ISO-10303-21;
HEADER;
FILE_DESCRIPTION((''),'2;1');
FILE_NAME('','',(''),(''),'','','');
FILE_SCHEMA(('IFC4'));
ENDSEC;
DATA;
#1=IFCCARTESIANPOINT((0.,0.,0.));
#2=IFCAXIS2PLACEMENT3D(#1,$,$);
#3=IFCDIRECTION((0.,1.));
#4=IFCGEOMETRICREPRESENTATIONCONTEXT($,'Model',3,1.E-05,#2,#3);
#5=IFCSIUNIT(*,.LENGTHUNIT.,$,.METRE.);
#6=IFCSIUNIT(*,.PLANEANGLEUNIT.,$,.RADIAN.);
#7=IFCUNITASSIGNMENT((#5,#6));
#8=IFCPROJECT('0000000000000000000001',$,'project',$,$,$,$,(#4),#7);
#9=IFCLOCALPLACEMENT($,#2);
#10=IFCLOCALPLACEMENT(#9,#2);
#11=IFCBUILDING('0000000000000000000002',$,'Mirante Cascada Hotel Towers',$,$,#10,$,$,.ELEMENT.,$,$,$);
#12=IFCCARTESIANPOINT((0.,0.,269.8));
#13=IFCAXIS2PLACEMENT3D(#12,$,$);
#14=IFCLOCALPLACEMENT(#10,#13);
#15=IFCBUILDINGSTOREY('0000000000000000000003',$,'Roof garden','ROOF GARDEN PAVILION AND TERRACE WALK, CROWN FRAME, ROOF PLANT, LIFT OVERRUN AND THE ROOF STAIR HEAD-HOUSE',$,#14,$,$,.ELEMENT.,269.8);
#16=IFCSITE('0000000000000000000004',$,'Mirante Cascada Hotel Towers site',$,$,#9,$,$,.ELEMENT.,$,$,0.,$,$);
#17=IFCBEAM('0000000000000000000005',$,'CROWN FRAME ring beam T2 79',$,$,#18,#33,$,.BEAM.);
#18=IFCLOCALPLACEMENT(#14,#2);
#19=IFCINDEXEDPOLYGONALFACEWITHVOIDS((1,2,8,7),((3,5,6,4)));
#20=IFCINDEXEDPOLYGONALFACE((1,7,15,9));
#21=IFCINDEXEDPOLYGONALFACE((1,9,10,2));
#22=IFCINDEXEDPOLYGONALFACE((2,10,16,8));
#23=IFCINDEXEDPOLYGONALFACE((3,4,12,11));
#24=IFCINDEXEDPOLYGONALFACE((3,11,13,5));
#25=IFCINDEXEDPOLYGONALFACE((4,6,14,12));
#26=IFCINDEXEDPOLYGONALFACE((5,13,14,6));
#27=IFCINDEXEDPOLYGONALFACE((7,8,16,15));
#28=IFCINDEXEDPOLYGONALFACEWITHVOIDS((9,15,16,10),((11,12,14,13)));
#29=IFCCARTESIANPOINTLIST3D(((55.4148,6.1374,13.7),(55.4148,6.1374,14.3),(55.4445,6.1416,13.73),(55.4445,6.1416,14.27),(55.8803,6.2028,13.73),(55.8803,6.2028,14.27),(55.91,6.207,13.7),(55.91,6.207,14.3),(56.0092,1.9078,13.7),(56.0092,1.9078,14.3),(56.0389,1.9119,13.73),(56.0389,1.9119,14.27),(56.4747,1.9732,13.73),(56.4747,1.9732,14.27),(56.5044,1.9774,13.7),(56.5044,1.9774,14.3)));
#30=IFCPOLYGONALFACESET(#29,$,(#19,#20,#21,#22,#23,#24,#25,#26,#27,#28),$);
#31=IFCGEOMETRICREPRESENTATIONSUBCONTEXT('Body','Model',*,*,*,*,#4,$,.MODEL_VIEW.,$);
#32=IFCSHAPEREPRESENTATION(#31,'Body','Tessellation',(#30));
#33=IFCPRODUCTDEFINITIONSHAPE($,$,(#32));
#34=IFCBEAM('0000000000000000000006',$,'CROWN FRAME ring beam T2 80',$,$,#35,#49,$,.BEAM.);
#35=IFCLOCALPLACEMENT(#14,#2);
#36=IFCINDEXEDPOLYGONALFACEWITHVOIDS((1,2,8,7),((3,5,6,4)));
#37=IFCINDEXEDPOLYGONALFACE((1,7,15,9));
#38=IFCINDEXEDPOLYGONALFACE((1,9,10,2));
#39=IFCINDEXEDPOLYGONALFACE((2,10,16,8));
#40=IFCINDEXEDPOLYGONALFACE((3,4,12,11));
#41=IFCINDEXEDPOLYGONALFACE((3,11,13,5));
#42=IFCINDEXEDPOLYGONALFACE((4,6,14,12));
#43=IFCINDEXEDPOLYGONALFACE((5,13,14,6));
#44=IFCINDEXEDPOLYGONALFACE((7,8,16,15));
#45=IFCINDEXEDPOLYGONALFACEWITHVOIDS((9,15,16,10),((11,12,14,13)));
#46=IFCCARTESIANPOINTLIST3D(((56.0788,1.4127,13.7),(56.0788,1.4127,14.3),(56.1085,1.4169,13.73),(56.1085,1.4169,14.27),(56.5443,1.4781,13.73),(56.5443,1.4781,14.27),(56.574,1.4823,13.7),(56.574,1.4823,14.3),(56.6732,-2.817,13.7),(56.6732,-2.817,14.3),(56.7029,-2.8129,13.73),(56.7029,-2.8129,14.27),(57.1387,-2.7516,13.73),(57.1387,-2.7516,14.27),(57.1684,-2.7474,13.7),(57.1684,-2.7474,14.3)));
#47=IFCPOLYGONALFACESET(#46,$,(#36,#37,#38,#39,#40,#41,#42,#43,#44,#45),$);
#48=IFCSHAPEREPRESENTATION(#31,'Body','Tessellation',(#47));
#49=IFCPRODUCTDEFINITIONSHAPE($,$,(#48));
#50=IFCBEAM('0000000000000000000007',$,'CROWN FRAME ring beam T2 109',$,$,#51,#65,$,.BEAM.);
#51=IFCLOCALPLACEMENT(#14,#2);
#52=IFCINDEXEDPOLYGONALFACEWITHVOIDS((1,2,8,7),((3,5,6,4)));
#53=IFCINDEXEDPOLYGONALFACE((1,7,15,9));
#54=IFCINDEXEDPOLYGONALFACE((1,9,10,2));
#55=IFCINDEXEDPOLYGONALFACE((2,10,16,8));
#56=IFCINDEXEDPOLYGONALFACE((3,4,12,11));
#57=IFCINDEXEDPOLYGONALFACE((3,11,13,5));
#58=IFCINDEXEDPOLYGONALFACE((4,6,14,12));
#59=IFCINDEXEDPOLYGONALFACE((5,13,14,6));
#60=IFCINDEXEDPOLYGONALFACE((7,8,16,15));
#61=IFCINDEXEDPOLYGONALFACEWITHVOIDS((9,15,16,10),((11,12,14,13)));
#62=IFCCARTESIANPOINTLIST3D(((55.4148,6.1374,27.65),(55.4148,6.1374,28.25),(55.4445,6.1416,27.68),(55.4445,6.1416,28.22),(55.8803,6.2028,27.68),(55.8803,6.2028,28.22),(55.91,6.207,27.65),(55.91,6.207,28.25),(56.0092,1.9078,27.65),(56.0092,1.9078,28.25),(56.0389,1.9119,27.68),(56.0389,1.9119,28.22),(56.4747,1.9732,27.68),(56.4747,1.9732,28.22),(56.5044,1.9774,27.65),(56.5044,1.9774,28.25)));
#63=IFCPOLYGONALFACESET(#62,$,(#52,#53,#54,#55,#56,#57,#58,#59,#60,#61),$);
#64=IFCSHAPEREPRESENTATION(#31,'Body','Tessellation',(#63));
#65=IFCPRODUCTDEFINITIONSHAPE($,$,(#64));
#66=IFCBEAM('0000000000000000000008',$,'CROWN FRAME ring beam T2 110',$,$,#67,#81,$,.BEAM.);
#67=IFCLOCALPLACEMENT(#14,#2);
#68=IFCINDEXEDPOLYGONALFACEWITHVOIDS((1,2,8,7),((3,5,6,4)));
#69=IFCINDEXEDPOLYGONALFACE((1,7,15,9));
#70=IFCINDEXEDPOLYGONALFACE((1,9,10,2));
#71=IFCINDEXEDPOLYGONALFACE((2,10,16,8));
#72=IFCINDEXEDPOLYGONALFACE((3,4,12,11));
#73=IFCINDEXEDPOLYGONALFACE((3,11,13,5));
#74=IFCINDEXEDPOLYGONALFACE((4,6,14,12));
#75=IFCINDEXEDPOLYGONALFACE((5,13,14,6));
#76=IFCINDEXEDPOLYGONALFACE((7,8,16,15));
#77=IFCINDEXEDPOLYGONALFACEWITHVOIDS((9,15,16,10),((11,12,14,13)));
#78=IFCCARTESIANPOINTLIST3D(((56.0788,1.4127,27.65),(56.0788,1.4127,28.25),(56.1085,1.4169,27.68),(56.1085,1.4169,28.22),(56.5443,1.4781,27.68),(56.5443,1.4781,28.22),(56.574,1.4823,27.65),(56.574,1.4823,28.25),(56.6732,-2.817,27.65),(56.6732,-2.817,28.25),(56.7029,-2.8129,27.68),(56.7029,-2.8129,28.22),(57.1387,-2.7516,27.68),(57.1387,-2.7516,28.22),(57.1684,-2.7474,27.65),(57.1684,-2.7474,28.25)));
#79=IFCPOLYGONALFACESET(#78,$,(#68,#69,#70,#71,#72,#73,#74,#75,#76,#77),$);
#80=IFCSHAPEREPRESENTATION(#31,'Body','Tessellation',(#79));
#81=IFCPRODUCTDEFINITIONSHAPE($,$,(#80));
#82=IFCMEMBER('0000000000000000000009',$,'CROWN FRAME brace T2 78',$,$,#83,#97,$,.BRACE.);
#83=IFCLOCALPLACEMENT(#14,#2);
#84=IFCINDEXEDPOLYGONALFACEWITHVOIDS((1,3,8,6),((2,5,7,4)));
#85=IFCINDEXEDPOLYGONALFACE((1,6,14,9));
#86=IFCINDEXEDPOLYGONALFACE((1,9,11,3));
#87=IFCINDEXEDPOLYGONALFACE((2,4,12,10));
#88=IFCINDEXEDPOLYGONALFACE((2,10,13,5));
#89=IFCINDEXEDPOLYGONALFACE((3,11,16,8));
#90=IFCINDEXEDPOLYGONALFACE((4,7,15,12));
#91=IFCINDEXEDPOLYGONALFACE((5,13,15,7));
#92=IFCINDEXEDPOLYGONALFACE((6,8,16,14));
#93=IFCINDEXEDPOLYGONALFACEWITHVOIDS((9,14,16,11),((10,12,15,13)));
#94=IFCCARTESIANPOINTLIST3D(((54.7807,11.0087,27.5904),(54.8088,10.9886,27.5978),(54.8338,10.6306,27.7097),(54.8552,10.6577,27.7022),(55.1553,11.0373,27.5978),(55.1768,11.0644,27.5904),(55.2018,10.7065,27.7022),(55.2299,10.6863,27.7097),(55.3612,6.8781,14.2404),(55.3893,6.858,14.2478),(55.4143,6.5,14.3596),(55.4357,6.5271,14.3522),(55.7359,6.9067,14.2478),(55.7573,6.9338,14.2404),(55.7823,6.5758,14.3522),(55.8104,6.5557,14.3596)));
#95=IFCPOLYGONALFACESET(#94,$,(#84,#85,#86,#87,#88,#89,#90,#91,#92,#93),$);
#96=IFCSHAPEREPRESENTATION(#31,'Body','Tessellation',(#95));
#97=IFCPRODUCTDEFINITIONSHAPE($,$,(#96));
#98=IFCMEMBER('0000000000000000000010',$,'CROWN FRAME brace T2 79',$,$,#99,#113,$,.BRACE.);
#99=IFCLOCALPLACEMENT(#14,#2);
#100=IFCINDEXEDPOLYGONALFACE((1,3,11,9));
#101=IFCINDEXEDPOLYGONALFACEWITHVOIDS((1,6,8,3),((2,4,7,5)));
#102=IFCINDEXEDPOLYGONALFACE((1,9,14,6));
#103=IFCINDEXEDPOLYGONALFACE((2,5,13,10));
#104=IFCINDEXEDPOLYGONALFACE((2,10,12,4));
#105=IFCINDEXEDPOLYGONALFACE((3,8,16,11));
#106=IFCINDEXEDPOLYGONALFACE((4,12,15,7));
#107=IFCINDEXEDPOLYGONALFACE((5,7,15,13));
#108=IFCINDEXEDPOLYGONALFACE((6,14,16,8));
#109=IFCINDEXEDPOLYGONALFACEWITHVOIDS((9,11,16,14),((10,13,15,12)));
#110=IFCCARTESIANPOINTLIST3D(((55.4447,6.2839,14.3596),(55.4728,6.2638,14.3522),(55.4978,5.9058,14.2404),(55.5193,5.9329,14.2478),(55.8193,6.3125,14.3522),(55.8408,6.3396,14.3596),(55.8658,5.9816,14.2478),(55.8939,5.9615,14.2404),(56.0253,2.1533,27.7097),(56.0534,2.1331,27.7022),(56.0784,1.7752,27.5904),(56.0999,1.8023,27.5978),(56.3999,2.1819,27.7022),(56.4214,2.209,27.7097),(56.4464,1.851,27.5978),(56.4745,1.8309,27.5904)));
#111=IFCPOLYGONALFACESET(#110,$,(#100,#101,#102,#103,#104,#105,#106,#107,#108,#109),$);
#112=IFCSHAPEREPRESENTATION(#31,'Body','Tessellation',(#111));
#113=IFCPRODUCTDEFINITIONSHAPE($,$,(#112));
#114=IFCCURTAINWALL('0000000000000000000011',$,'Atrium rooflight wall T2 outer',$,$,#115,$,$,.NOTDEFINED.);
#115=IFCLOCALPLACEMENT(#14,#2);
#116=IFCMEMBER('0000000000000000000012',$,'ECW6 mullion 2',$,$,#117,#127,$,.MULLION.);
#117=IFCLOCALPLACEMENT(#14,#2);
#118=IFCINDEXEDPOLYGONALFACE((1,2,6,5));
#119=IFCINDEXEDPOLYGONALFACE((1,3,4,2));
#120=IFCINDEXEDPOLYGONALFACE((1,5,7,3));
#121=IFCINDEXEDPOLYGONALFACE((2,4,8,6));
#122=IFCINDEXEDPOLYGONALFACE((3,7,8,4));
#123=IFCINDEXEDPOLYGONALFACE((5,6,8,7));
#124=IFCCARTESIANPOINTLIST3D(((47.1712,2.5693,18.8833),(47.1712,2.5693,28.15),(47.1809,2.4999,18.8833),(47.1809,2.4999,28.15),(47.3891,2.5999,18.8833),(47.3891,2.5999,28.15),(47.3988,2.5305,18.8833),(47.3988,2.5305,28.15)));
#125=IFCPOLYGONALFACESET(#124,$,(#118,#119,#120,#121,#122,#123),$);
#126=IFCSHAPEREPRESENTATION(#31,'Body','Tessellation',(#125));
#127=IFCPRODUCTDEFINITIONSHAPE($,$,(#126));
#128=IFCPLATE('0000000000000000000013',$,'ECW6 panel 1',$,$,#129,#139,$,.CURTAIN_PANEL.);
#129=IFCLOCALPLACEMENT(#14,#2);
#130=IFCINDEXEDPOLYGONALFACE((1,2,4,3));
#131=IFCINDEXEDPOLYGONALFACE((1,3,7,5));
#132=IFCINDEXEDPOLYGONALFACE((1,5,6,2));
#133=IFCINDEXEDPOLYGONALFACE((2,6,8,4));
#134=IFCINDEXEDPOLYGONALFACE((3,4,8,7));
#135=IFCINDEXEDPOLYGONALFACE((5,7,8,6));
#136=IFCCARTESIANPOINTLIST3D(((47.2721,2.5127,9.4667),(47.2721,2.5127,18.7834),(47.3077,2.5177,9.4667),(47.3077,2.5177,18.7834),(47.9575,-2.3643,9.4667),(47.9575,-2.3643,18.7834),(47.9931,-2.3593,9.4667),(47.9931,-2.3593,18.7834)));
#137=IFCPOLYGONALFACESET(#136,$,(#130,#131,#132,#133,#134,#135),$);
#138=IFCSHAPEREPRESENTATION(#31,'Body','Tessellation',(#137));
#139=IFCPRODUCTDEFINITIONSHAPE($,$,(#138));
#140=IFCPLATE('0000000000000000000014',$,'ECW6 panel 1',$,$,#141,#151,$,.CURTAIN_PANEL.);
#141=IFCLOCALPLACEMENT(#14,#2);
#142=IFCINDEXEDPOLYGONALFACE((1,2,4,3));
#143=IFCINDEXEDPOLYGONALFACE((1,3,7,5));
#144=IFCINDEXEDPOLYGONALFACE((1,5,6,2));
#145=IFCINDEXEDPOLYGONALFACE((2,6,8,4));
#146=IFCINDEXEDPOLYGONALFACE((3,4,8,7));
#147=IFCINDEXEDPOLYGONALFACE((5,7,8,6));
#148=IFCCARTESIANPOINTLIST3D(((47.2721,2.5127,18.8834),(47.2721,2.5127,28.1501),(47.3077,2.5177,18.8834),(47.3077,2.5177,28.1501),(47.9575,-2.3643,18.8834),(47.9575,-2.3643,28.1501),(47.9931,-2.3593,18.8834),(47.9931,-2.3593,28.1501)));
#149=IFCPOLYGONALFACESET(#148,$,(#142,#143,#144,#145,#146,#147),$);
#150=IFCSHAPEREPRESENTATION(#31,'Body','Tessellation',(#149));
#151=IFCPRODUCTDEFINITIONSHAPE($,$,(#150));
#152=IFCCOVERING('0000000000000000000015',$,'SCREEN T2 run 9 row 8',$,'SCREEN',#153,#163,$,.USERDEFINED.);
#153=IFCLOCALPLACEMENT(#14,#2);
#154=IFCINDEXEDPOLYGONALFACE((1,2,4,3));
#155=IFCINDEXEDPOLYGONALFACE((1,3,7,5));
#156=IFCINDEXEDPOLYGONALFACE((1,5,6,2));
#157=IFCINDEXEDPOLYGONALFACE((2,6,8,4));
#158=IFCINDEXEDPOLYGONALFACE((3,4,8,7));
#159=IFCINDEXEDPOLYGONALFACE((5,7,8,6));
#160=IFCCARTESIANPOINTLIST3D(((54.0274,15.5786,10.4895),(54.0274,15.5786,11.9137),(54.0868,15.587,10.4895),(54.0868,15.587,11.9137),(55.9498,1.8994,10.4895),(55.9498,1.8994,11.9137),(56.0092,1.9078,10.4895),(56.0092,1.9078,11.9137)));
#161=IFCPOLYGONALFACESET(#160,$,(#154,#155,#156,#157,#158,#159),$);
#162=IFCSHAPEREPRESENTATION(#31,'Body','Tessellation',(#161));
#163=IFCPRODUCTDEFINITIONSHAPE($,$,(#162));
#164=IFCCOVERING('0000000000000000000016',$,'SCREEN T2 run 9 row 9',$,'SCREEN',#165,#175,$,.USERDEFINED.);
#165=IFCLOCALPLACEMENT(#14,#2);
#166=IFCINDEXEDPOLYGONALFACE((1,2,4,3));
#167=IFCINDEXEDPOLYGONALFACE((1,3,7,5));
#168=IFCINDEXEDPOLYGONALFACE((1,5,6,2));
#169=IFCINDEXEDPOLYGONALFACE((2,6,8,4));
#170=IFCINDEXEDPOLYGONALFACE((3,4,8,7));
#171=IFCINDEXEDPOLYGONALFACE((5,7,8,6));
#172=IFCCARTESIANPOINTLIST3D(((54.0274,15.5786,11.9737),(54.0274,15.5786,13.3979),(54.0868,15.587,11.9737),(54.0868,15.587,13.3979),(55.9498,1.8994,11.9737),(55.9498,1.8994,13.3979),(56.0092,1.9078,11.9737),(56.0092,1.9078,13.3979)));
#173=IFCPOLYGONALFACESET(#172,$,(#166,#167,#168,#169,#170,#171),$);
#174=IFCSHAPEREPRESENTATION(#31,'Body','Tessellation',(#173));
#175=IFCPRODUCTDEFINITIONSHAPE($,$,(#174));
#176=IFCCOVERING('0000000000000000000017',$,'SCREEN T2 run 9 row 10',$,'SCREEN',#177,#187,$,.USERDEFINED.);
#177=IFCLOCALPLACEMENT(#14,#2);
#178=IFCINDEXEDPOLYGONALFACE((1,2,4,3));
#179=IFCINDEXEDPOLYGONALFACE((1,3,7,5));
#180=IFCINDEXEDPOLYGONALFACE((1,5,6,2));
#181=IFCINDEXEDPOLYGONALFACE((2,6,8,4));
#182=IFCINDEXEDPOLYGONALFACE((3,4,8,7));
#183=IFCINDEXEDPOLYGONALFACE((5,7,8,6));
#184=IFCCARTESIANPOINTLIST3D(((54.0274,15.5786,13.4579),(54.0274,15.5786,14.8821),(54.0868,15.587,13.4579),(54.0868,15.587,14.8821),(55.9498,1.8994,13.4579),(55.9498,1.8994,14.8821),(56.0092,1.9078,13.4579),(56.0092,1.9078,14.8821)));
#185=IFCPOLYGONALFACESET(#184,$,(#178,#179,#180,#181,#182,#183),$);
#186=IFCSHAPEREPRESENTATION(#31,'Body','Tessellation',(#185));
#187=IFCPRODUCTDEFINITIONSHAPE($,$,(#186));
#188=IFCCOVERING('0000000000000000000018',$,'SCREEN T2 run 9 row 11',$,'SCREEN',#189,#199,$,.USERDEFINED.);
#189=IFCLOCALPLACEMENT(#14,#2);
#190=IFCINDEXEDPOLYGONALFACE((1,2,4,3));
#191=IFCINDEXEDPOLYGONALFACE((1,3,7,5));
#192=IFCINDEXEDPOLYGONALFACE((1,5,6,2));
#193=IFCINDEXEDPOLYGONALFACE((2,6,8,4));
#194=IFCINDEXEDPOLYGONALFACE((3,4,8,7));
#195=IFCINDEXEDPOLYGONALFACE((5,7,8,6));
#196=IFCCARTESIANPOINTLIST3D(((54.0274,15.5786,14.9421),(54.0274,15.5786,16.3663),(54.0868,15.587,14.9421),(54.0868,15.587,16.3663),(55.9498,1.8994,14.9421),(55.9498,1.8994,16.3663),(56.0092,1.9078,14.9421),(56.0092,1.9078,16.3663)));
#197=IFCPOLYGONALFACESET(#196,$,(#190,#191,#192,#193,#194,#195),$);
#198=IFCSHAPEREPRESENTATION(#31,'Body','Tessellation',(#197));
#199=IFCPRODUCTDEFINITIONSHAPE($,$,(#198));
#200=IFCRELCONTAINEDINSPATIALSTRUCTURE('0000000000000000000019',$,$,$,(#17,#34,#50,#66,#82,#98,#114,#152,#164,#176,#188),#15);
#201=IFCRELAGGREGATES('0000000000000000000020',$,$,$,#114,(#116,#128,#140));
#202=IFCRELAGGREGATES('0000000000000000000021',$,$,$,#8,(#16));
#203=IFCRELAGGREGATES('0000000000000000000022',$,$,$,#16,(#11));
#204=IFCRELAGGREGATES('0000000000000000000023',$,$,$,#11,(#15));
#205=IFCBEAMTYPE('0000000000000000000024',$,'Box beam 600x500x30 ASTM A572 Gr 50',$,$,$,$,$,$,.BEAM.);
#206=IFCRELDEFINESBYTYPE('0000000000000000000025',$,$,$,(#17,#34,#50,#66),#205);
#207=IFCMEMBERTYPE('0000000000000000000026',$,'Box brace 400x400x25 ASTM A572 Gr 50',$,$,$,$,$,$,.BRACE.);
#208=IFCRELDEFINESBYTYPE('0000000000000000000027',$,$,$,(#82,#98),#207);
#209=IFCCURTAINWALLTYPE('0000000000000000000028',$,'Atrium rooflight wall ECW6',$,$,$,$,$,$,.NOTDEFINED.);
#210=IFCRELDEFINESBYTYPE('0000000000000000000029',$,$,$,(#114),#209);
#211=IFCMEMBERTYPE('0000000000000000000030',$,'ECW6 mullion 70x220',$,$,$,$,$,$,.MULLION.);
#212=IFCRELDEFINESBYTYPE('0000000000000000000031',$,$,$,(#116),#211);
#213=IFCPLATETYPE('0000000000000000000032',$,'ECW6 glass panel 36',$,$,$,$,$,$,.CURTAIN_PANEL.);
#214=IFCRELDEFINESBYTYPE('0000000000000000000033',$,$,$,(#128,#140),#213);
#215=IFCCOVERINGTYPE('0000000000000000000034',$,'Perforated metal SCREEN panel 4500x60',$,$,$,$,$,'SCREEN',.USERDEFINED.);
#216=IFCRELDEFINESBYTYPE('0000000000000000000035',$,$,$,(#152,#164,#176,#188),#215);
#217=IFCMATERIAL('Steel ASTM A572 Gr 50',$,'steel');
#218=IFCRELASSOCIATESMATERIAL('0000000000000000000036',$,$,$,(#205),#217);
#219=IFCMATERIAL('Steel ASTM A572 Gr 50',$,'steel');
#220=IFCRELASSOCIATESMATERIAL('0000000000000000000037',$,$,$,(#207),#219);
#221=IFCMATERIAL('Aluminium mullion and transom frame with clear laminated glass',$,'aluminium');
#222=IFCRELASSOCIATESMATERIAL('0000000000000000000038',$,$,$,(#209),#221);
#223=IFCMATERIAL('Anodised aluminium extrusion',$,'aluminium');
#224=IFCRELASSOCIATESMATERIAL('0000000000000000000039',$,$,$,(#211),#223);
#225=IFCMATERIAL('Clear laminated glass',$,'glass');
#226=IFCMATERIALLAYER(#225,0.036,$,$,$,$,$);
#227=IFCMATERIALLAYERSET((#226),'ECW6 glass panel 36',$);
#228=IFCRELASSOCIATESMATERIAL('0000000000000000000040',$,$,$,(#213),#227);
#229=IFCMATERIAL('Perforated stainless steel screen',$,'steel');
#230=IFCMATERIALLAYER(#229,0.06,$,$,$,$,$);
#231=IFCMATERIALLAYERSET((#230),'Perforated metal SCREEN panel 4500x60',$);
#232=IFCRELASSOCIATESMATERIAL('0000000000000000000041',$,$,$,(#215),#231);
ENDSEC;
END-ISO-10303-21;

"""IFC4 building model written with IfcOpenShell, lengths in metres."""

from ifc_helpers import new_model, si_unit, direction, frame, origin, origin_2d, place, context, subcontext, project, spatial, rectangle, hollow_rectangle, extrude, material, layer, layer_set, material_profile, profile_set, type_object, element, aggregate, save


model = new_model("IFC4")

# Units and contexts
model_context = context("Model", 3, precision=1e-05, world=origin(), true_north=direction((0.0, 1.0)))
body_context = subcontext(model_context, "Body", "Model", "MODEL_VIEW")
ifc_project = project(units=[si_unit("LENGTHUNIT", "METRE"), si_unit("PLANEANGLEUNIT", "RADIAN")], contexts=[model_context])

# Site, building, storey
site_placement = place(None, origin())
site = spatial("IfcSite", under=ifc_project, at=site_placement, Name="Mirante Cascada Hotel Towers site", CompositionType="ELEMENT", RefElevation=0.0)
building_placement = place(site_placement, origin())
building = spatial("IfcBuilding", under=site, at=building_placement, Name="Mirante Cascada Hotel Towers", CompositionType="ELEMENT")
storey_placement = place(building_placement, frame((0.0, 0.0, 269.8)))
storey = spatial("IfcBuildingStorey", under=building, at=storey_placement, Name="Roof garden", Description="ROOF GARDEN PAVILION AND TERRACE WALK, CROWN FRAME, ROOF PLANT, LIFT OVERRUN AND THE ROOF STAIR HEAD-HOUSE", CompositionType="ELEMENT", Elevation=269.8)

# Beams
ifc_material_1 = material(Name="Steel ASTM A572 Gr 50", Category="steel")
ifc_material_profile_1 = material_profile(ifc_material_1, hollow_rectangle(XDim=0.5, YDim=0.6, WallThickness=0.03, at=origin_2d()), Name="Box beam 600x500x30 ASTM A572 Gr 50")
ifc_profile_set_1 = profile_set([ifc_material_profile_1], Name="Steel ASTM A572 Gr 50")
beam_type = type_object("IfcBeamType", Name="Box beam 600x500x30 ASTM A572 Gr 50", PredefinedType="BEAM", material=ifc_profile_set_1)
beam_1_placement = place(storey_placement, frame((55.6624, 6.1722, 14.0), z_axis=(0.139166, -0.990269, 0.0), x_axis=(0.990269, 0.139166, 0.0)))
element("IfcBeam", 1, at=beam_1_placement, inside=storey, type_object=beam_type, Name="CROWN FRAME ring beam T2 79", PredefinedType="BEAM", context=body_context, shape_type="SweptSolid", body=[
    extrude(hollow_rectangle(XDim=0.5, YDim=0.6, WallThickness=0.03, at=origin_2d()), origin(), (0.0, 0.0, 1.0), 4.2712),
])
beam_2_placement = place(storey_placement, frame((56.3264, 1.4475, 14.0), z_axis=(0.139163, -0.99027, 0.0), x_axis=(0.99027, 0.139163, 0.0)))
element("IfcBeam", 2, at=beam_2_placement, inside=storey, type_object=beam_type, Name="CROWN FRAME ring beam T2 80", PredefinedType="BEAM", context=body_context, shape_type="SweptSolid", body=[
    extrude(hollow_rectangle(XDim=0.5, YDim=0.6, WallThickness=0.03, at=origin_2d()), origin(), (0.0, 0.0, 1.0), 4.2713),
])
beam_3_placement = place(storey_placement, frame((55.6624, 6.1722, 27.95), z_axis=(0.139166, -0.990269, 0.0), x_axis=(0.990269, 0.139166, 0.0)))
element("IfcBeam", 3, at=beam_3_placement, inside=storey, type_object=beam_type, Name="CROWN FRAME ring beam T2 109", PredefinedType="BEAM", context=body_context, shape_type="SweptSolid", body=[
    extrude(hollow_rectangle(XDim=0.5, YDim=0.6, WallThickness=0.03, at=origin_2d()), origin(), (0.0, 0.0, 1.0), 4.2712),
])
beam_4_placement = place(storey_placement, frame((56.3264, 1.4475, 27.95), z_axis=(0.139163, -0.99027, 0.0), x_axis=(0.99027, 0.139163, 0.0)))
element("IfcBeam", 4, at=beam_4_placement, inside=storey, type_object=beam_type, Name="CROWN FRAME ring beam T2 110", PredefinedType="BEAM", context=body_context, shape_type="SweptSolid", body=[
    extrude(hollow_rectangle(XDim=0.5, YDim=0.6, WallThickness=0.03, at=origin_2d()), origin(), (0.0, 0.0, 1.0), 4.2713),
])

# Members
ifc_material_2 = material(Name="Steel ASTM A572 Gr 50", Category="steel")
ifc_material_profile_2 = material_profile(ifc_material_2, hollow_rectangle(XDim=0.4, YDim=0.4, WallThickness=0.025, at=origin_2d()), Name="Box brace 400x400x25 ASTM A572 Gr 50")
ifc_profile_set_2 = profile_set([ifc_material_profile_2], Name="Steel ASTM A572 Gr 50")
member_type_1 = type_object("IfcMemberType", Name="Box brace 400x400x25 ASTM A572 Gr 50", PredefinedType="BRACE", material=ifc_profile_set_2)
for number, where, z_axis, x_axis, name in (
    (5, (55.5858, 6.7169, 14.3), (-0.041504, 0.295328, 0.954494), (-0.990269, -0.139169, 0.0), "CROWN FRAME brace T2 78"),
    (6, (55.6693, 6.1227, 14.3), (0.041511, -0.295328, 0.954494), (0.990265, 0.139192, 0.0), "CROWN FRAME brace T2 79"),
):
    element("IfcMember", number, at=place(storey_placement, frame(where, z_axis=z_axis, x_axis=x_axis)), inside=storey, type_object=member_type_1, Name=name, PredefinedType="BRACE", context=body_context, shape_type="SweptSolid", body=[
        extrude(hollow_rectangle(XDim=0.4, YDim=0.4, WallThickness=0.025, at=origin_2d()), origin(), (0.0, 0.0, 1.0), 13.9865),
    ])

# Curtain wall, member, plates
ifc_material_3 = material(Name="Aluminium mullion and transom frame with clear laminated glass", Category="aluminium")
curtain_wall_type = type_object("IfcCurtainWallType", Name="Atrium rooflight wall ECW6", PredefinedType="NOTDEFINED", material=ifc_material_3)
curtain_wall_placement = place(storey_placement, origin())
curtain_wall = element("IfcCurtainWall", 7, at=curtain_wall_placement, inside=storey, type_object=curtain_wall_type, Name="Atrium rooflight wall T2 outer", PredefinedType="NOTDEFINED")
ifc_material_4 = material(Name="Anodised aluminium extrusion", Category="aluminium")
ifc_material_profile_3 = material_profile(ifc_material_4, rectangle(XDim=0.22, YDim=0.07, at=origin_2d()), Name="ECW6 MULLION 70x220")
ifc_profile_set_3 = profile_set([ifc_material_profile_3], Name="Anodised aluminium extrusion")
member_type_2 = type_object("IfcMemberType", Name="ECW6 mullion 70x220", PredefinedType="MULLION", material=ifc_profile_set_3)
member_placement = place(storey_placement, frame((47.285, 2.5499, 18.8833), z_axis=(0.0, 0.0, 1.0), x_axis=(-0.990268, -0.139173, 0.0)))
member = element("IfcMember", 8, at=member_placement, type_object=member_type_2, Name="ECW6 mullion 2", PredefinedType="MULLION", context=body_context, shape_type="SweptSolid", body=[
    extrude(rectangle(XDim=0.22, YDim=0.07, at=origin_2d()), origin(), (0.0, 0.0, 1.0), 9.2667),
])
ifc_material_5 = material(Name="Clear laminated glass", Category="glass")
ifc_layer_1 = layer(ifc_material_5, 0.036)
ifc_layer_set_1 = layer_set([ifc_layer_1], Name="ECW6 glass panel 36")
plate_type = type_object("IfcPlateType", Name="ECW6 glass panel 36", PredefinedType="CURTAIN_PANEL", material=ifc_layer_set_1)
plate_1_placement = place(storey_placement, frame((47.6326, 0.0767, 9.4667), z_axis=(0.0, 0.0, 1.0), x_axis=(-0.139173, 0.990268, 0.0)))
plate_1 = element("IfcPlate", 9, at=plate_1_placement, type_object=plate_type, Name="ECW6 panel 1", PredefinedType="CURTAIN_PANEL", context=body_context, shape_type="SweptSolid", body=[
    extrude(rectangle(XDim=4.925, YDim=0.036, at=origin_2d()), origin(), (0.0, 0.0, 1.0), 9.3167),
])
plate_2_placement = place(storey_placement, frame((47.6326, 0.0767, 18.8834), z_axis=(0.0, 0.0, 1.0), x_axis=(-0.139173, 0.990268, 0.0)))
plate_2 = element("IfcPlate", 10, at=plate_2_placement, type_object=plate_type, Name="ECW6 panel 1", PredefinedType="CURTAIN_PANEL", context=body_context, shape_type="SweptSolid", body=[
    extrude(rectangle(XDim=4.925, YDim=0.036, at=origin_2d()), origin(), (0.0, 0.0, 1.0), 9.2667),
])
aggregate(curtain_wall, [member, plate_1, plate_2])

# Coverings
ifc_material_6 = material(Name="Perforated stainless steel screen", Category="steel")
ifc_layer_2 = layer(ifc_material_6, 0.06)
ifc_layer_set_2 = layer_set([ifc_layer_2], Name="Perforated metal SCREEN panel 4500x60")
covering_type = type_object("IfcCoveringType", Name="Perforated metal SCREEN panel 4500x60", ElementType="SCREEN", PredefinedType="USERDEFINED", material=ifc_layer_set_2)
for number, where, z_axis, x_axis, name in (
    (11, (55.0183, 8.7432, 10.4895), (0.0, 0.0, 1.0), (0.139173, -0.990268, 0.0), "SCREEN T2 run 9 row 8"),
    (12, (55.0183, 8.7432, 11.9737), (0.0, 0.0, 1.0), (0.139173, -0.990268, 0.0), "SCREEN T2 run 9 row 9"),
    (13, (55.0183, 8.7432, 13.4579), (0.0, 0.0, 1.0), (0.139173, -0.990268, 0.0), "SCREEN T2 run 9 row 10"),
    (14, (55.0183, 8.7432, 14.9421), (0.0, 0.0, 1.0), (0.139173, -0.990268, 0.0), "SCREEN T2 run 9 row 11"),
):
    element("IfcCovering", number, at=place(storey_placement, frame(where, z_axis=z_axis, x_axis=x_axis)), inside=storey, type_object=covering_type, Name=name, ObjectType="SCREEN", PredefinedType="USERDEFINED", context=body_context, shape_type="SweptSolid", body=[
        extrude(rectangle(XDim=13.8136, YDim=0.06, at=origin_2d()), origin(), (0.0, 0.0, 1.0), 1.4242),
    ])

save(model, "model.ifc")
